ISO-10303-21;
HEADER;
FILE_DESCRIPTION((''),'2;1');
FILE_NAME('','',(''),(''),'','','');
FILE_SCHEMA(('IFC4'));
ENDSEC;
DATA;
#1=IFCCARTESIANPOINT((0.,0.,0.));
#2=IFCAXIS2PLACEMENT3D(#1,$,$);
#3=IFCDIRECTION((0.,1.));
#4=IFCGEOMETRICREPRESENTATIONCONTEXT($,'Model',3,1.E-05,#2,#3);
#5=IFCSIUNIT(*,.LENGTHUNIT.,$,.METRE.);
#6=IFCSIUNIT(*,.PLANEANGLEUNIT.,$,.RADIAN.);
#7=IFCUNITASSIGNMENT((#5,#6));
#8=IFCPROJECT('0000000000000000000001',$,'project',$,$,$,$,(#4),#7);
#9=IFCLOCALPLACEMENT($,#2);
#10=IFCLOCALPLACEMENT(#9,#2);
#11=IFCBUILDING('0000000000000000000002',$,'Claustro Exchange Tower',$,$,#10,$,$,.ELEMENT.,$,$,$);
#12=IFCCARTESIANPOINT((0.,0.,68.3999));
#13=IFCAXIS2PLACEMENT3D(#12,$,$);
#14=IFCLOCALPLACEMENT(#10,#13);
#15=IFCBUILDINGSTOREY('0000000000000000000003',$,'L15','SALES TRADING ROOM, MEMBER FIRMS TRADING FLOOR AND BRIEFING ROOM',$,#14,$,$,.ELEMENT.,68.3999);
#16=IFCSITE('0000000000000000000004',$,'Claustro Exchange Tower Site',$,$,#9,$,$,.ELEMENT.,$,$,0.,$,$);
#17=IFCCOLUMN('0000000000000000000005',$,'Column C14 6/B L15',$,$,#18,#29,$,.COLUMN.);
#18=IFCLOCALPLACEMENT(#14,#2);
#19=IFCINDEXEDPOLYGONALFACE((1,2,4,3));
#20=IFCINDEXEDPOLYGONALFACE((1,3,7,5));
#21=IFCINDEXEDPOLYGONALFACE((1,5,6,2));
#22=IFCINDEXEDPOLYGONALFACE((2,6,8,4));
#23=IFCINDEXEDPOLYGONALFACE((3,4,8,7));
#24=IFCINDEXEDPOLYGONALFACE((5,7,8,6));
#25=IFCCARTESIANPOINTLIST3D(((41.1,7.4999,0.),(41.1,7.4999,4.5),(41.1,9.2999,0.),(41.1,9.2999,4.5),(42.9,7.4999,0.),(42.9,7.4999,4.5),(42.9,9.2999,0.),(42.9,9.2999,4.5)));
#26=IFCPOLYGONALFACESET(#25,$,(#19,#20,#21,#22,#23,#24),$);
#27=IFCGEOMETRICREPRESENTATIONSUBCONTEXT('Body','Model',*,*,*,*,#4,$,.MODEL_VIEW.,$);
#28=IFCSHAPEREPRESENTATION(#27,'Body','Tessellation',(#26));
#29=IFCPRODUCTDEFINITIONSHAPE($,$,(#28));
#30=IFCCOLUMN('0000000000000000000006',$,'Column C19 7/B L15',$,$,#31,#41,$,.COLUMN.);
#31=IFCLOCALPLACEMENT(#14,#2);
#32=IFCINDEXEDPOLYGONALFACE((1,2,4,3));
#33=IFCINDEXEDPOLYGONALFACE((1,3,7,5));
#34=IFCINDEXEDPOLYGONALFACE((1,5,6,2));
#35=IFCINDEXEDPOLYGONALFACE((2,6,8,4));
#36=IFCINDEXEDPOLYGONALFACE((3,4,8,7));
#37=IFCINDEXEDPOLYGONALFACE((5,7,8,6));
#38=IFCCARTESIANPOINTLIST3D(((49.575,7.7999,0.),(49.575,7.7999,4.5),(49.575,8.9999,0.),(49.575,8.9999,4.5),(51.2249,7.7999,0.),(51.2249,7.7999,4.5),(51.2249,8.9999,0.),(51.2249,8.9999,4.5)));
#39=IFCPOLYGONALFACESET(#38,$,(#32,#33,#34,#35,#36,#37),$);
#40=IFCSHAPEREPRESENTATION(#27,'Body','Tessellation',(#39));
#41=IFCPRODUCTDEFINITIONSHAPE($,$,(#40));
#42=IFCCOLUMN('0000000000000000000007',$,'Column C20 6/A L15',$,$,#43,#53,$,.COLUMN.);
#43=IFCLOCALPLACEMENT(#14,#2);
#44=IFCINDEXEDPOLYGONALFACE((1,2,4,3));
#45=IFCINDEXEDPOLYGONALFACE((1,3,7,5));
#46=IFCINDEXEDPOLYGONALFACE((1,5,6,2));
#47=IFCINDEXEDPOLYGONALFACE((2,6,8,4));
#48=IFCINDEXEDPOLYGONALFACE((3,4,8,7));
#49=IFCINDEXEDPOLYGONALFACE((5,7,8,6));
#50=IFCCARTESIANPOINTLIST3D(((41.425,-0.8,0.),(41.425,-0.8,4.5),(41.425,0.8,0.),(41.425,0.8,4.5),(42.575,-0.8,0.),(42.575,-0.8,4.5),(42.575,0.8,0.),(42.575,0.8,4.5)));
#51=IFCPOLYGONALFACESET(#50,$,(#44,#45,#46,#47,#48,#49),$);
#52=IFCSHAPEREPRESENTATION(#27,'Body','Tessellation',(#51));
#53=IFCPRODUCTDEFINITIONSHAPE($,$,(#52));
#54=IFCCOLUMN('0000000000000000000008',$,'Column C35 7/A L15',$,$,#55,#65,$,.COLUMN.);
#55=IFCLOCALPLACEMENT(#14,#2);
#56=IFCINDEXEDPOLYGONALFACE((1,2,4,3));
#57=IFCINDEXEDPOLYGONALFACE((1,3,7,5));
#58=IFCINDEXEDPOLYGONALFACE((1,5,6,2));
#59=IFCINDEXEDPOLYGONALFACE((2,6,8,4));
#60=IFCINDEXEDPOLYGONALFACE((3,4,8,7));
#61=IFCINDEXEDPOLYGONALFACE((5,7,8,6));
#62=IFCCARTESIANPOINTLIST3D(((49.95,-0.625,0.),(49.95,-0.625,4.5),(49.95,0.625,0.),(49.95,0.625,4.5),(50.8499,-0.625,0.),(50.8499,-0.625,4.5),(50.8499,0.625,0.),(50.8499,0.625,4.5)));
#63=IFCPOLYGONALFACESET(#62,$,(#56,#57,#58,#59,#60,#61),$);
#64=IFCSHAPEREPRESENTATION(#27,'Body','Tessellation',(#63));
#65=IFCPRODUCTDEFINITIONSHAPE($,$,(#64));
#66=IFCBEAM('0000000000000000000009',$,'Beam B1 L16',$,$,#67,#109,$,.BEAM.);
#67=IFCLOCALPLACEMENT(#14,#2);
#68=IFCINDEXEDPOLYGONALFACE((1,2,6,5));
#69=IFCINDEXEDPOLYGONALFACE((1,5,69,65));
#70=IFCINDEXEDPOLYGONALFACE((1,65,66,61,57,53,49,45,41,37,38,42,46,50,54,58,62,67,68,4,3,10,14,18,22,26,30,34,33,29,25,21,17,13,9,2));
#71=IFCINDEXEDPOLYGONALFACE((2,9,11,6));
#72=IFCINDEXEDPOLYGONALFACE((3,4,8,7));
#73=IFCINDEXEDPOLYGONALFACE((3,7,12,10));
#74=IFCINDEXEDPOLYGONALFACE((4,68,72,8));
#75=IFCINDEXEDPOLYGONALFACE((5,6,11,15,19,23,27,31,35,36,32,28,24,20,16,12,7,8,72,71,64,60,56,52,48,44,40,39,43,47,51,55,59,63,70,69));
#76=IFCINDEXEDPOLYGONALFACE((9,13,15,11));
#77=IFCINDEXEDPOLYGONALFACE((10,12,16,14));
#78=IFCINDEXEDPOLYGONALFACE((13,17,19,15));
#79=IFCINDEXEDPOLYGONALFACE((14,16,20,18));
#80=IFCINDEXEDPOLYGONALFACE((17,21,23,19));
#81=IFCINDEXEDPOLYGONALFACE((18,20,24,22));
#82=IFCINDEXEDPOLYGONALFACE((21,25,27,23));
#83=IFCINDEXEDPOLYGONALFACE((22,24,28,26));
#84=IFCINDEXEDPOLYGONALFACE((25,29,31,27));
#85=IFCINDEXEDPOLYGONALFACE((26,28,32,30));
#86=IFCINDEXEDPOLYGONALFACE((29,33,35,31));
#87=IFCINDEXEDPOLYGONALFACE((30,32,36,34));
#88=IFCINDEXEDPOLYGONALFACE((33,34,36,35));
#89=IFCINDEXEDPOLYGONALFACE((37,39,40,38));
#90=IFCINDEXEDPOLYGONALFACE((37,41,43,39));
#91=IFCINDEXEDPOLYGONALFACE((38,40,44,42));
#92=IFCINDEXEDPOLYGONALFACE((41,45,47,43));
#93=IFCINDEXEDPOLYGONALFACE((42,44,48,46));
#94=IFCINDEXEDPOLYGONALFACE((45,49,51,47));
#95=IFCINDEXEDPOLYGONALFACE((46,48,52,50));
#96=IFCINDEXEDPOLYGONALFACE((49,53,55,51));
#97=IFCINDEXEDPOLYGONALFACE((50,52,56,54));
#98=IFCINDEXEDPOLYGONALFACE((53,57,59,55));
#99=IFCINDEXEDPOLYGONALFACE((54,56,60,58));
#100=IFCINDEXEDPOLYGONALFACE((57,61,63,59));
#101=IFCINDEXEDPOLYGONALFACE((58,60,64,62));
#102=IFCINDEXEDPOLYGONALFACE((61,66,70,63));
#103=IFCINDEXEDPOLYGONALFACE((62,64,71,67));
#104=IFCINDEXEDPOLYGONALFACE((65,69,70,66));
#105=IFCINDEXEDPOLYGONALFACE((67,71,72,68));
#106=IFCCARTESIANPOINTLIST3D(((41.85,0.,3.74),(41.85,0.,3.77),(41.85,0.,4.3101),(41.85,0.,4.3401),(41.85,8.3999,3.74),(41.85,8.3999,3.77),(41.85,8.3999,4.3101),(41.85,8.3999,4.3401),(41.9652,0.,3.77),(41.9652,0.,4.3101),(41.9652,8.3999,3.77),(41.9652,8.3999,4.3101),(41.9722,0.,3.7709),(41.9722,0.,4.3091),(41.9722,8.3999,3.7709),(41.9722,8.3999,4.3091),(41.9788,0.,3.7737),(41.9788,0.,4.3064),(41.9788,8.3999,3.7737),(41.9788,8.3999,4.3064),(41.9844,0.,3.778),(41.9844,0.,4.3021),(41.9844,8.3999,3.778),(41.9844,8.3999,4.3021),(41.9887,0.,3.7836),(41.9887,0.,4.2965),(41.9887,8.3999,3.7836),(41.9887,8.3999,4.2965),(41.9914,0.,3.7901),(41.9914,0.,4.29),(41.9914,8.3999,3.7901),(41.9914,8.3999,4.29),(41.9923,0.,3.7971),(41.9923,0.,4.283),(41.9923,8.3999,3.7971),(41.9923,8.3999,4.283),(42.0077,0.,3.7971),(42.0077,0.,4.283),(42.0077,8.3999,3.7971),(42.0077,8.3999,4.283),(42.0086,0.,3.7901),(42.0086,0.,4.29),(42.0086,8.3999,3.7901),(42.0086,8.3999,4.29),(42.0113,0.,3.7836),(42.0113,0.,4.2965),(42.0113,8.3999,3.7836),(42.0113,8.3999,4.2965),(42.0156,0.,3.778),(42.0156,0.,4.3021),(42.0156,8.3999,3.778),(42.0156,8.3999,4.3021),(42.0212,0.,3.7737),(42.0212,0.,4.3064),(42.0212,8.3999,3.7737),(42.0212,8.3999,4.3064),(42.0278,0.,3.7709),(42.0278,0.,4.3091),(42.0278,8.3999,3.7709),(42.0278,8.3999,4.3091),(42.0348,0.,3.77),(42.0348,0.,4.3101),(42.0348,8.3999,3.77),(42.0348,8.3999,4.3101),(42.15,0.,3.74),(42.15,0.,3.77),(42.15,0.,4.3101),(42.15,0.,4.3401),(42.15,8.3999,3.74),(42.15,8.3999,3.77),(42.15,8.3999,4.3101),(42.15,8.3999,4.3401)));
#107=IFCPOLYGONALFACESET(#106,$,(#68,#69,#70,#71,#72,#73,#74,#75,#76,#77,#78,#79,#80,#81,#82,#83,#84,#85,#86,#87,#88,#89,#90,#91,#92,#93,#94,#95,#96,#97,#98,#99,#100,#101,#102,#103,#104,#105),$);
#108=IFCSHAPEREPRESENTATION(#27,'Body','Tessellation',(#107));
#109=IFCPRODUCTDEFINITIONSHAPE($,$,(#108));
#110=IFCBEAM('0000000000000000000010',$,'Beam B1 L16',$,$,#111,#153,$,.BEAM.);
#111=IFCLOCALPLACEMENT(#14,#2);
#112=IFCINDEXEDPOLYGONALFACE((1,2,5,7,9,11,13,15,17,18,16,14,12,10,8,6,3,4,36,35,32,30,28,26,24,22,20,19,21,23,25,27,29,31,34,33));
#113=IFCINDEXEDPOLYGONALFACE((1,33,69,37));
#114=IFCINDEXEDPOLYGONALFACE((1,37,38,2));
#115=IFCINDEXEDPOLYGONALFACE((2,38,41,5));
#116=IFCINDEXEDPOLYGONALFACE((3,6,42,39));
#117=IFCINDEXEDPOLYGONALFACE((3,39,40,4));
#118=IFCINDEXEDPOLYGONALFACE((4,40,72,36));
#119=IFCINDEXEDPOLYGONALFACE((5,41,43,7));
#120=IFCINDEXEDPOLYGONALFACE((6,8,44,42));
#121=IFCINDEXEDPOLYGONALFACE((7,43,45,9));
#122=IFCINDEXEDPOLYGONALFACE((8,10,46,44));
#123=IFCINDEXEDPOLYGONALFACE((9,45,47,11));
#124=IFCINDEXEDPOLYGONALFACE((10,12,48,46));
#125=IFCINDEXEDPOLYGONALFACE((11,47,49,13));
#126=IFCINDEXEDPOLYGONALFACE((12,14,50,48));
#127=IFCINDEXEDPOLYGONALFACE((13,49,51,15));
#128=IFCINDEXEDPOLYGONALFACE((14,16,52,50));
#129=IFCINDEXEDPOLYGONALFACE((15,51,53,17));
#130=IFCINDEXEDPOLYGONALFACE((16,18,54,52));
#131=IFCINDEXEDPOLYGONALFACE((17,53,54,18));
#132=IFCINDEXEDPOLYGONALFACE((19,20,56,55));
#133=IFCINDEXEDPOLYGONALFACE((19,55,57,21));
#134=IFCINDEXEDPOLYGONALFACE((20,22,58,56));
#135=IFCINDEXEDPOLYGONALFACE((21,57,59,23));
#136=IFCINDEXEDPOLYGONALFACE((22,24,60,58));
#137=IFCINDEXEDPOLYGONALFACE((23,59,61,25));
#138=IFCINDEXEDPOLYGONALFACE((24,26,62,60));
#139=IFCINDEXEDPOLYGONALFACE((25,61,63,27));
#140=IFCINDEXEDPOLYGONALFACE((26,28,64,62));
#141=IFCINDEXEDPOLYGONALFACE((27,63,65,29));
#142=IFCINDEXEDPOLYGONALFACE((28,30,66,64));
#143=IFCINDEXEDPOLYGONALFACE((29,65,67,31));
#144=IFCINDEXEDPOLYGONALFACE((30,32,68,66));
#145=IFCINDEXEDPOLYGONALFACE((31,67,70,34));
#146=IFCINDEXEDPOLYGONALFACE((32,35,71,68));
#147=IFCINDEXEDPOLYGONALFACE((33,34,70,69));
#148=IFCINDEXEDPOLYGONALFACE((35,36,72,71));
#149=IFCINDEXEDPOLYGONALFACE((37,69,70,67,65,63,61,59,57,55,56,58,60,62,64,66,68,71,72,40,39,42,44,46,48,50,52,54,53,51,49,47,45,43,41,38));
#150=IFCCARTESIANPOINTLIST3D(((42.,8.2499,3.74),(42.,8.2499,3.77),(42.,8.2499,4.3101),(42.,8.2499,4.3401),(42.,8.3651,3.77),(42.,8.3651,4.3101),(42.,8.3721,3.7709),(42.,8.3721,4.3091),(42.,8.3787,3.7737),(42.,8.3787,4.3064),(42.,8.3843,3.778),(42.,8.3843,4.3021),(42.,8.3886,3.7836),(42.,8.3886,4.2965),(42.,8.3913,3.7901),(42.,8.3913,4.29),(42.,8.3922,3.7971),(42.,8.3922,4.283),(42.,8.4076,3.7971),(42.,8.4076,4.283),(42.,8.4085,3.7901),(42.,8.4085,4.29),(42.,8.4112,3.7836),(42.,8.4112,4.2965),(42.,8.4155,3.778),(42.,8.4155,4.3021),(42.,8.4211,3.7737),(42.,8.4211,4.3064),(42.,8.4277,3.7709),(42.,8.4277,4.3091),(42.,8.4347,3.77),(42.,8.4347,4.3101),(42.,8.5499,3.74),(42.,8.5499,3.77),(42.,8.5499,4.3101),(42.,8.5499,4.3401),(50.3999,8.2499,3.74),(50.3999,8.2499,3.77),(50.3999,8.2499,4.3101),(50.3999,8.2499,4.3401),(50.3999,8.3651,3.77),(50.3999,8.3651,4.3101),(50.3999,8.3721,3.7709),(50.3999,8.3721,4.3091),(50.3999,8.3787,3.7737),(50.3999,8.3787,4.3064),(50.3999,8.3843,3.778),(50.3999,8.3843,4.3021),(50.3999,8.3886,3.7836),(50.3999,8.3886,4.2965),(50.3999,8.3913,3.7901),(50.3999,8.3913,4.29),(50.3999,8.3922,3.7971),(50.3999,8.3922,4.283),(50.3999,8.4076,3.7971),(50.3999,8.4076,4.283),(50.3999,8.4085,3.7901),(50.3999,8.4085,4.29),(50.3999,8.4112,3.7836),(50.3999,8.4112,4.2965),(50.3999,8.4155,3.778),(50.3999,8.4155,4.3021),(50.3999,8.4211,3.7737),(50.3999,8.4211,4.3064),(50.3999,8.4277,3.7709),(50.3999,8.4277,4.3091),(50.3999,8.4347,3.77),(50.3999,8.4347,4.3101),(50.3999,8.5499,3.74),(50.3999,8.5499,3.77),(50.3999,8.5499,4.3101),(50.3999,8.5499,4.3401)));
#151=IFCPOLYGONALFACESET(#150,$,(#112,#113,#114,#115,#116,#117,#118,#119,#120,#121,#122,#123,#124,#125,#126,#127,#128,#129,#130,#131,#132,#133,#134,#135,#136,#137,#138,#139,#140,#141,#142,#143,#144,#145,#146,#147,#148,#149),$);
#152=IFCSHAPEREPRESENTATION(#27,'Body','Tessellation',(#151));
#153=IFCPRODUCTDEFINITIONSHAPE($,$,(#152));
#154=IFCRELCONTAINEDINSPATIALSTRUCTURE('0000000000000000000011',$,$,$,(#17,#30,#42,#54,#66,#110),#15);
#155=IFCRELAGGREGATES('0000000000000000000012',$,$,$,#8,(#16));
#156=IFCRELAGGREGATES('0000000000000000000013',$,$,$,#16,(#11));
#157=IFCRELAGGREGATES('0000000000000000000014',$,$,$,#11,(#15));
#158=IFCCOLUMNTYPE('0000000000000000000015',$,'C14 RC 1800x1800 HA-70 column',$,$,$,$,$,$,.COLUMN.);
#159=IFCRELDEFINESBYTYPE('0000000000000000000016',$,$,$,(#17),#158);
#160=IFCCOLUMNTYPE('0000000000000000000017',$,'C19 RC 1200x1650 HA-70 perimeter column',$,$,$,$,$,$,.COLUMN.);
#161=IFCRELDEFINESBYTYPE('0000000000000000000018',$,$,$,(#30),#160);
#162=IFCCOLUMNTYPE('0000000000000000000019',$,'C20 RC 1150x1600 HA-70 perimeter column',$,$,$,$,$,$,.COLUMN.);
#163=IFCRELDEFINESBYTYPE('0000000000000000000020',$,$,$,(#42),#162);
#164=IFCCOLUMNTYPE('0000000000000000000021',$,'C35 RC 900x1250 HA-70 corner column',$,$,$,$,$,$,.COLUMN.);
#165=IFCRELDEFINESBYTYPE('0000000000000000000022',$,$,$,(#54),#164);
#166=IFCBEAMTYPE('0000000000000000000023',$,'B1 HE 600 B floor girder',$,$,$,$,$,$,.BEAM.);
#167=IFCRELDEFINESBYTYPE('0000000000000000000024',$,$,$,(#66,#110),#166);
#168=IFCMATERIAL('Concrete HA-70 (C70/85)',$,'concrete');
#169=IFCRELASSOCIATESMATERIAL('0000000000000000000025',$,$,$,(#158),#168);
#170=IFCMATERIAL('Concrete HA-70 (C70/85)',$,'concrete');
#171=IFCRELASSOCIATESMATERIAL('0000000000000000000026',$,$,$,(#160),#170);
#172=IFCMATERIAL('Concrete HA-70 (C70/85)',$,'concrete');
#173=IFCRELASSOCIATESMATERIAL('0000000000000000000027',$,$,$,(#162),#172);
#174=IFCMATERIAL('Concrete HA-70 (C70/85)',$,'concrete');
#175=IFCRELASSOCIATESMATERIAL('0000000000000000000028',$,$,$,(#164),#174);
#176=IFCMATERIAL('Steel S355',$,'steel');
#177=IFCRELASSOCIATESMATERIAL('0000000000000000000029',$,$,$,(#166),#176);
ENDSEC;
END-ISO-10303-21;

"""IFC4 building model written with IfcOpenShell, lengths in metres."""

from ifc_helpers import new_model, si_unit, direction, frame, origin, origin_2d, place, context, subcontext, project, spatial, rectangle, i_section, extrude, material, material_profile, profile_set, type_object, element, save


model = new_model("IFC4")

# Units and contexts
model_context = context("Model", 3, precision=1e-05, world=origin(), true_north=direction((0.0, 1.0)))
body_context = subcontext(model_context, "Body", "Model", "MODEL_VIEW")
ifc_project = project(units=[si_unit("LENGTHUNIT", "METRE"), si_unit("PLANEANGLEUNIT", "RADIAN")], contexts=[model_context])

# Site, building, storey
site_placement = place(None, origin())
site = spatial("IfcSite", under=ifc_project, at=site_placement, Name="Claustro Exchange Tower Site", CompositionType="ELEMENT", RefElevation=0.0)
building_placement = place(site_placement, origin())
building = spatial("IfcBuilding", under=site, at=building_placement, Name="Claustro Exchange Tower", CompositionType="ELEMENT")
storey_placement = place(building_placement, frame((0.0, 0.0, 68.3999)))
storey = spatial("IfcBuildingStorey", under=building, at=storey_placement, Name="L15", Description="SALES TRADING ROOM, MEMBER FIRMS TRADING FLOOR AND BRIEFING ROOM", CompositionType="ELEMENT", Elevation=68.3999)

# Columns
ifc_material_1 = material(Name="Concrete HA-70 (C70/85)", Category="concrete")
ifc_material_profile_1 = material_profile(ifc_material_1, rectangle(XDim=1.8, YDim=1.8, at=origin_2d()), Name="RC 1800x1800")
ifc_profile_set_1 = profile_set([ifc_material_profile_1], Name="Concrete HA-70 (C70/85)")
column_type_1 = type_object("IfcColumnType", Name="C14 RC 1800x1800 HA-70 column", PredefinedType="COLUMN", material=ifc_profile_set_1)
column_1_placement = place(storey_placement, frame((42.0, 8.3999, 0.0), z_axis=(0.0, 0.0, 1.0), x_axis=(1.0, 0.0, 0.0)))
element("IfcColumn", 1, at=column_1_placement, inside=storey, type_object=column_type_1, Name="Column C14 6/B L15", PredefinedType="COLUMN", context=body_context, shape_type="SweptSolid", body=[
    extrude(rectangle(XDim=1.8, YDim=1.8, at=origin_2d()), origin(), (0.0, 0.0, 1.0), 4.5),
])
ifc_material_2 = material(Name="Concrete HA-70 (C70/85)", Category="concrete")
ifc_material_profile_2 = material_profile(ifc_material_2, rectangle(XDim=1.2, YDim=1.6499, at=origin_2d()), Name="RC 1200x1650")
ifc_profile_set_2 = profile_set([ifc_material_profile_2], Name="Concrete HA-70 (C70/85)")
column_type_2 = type_object("IfcColumnType", Name="C19 RC 1200x1650 HA-70 perimeter column", PredefinedType="COLUMN", material=ifc_profile_set_2)
column_2_placement = place(storey_placement, frame((50.3999, 8.3999, 0.0), z_axis=(0.0, 0.0, 1.0), x_axis=(0.0, 1.0, 0.0)))
element("IfcColumn", 2, at=column_2_placement, inside=storey, type_object=column_type_2, Name="Column C19 7/B L15", PredefinedType="COLUMN", context=body_context, shape_type="SweptSolid", body=[
    extrude(rectangle(XDim=1.2, YDim=1.6499, at=origin_2d()), origin(), (0.0, 0.0, 1.0), 4.5),
])
ifc_material_3 = material(Name="Concrete HA-70 (C70/85)", Category="concrete")
ifc_material_profile_3 = material_profile(ifc_material_3, rectangle(XDim=1.1499, YDim=1.6001, at=origin_2d()), Name="RC 1150x1600")
ifc_profile_set_3 = profile_set([ifc_material_profile_3], Name="Concrete HA-70 (C70/85)")
column_type_3 = type_object("IfcColumnType", Name="C20 RC 1150x1600 HA-70 perimeter column", PredefinedType="COLUMN", material=ifc_profile_set_3)
column_3_placement = place(storey_placement, frame((42.0, 0.0, 0.0), z_axis=(0.0, 0.0, 1.0), x_axis=(1.0, 0.0, 0.0)))
element("IfcColumn", 3, at=column_3_placement, inside=storey, type_object=column_type_3, Name="Column C20 6/A L15", PredefinedType="COLUMN", context=body_context, shape_type="SweptSolid", body=[
    extrude(rectangle(XDim=1.1499, YDim=1.6001, at=origin_2d()), origin(), (0.0, 0.0, 1.0), 4.5),
])
ifc_material_4 = material(Name="Concrete HA-70 (C70/85)", Category="concrete")
ifc_material_profile_4 = material_profile(ifc_material_4, rectangle(XDim=0.8999, YDim=1.25, at=origin_2d()), Name="RC 900x1250")
ifc_profile_set_4 = profile_set([ifc_material_profile_4], Name="Concrete HA-70 (C70/85)")
column_type_4 = type_object("IfcColumnType", Name="C35 RC 900x1250 HA-70 corner column", PredefinedType="COLUMN", material=ifc_profile_set_4)
column_4_placement = place(storey_placement, frame((50.3999, 0.0, 0.0), z_axis=(0.0, 0.0, 1.0), x_axis=(1.0, 0.0, 0.0)))
element("IfcColumn", 4, at=column_4_placement, inside=storey, type_object=column_type_4, Name="Column C35 7/A L15", PredefinedType="COLUMN", context=body_context, shape_type="SweptSolid", body=[
    extrude(rectangle(XDim=0.8999, YDim=1.25, at=origin_2d()), origin(), (0.0, 0.0, 1.0), 4.5),
])

# Beams
ifc_material_5 = material(Name="Steel S355", Category="steel")
ifc_material_profile_5 = material_profile(ifc_material_5, i_section(OverallWidth=0.3, OverallDepth=0.6001, WebThickness=0.0154, FlangeThickness=0.03, FilletRadius=0.0271, at=origin_2d()), Name="HE 600 B")
ifc_profile_set_5 = profile_set([ifc_material_profile_5], Name="Steel S355")
beam_type_1 = type_object("IfcBeamType", Name="B1 HE 600 B floor girder", PredefinedType="BEAM", material=ifc_profile_set_5)
for number, where, z_axis, x_axis, name in (
    (5, (42.0, 0.0, 4.04), (0.0, 1.0, 0.0), (-1.0, 0.0, 0.0), "Beam B1 L16"),
    (6, (42.0, 8.3999, 4.04), (1.0, 0.0, 0.0), (0.0, 1.0, 0.0), "Beam B1 L16"),
):
    element("IfcBeam", number, at=place(storey_placement, frame(where, z_axis=z_axis, x_axis=x_axis)), inside=storey, type_object=beam_type_1, Name=name, PredefinedType="BEAM", context=body_context, shape_type="SweptSolid", body=[
        extrude(i_section(OverallWidth=0.3, OverallDepth=0.6001, WebThickness=0.0154, FlangeThickness=0.03, FilletRadius=0.0271, at=origin_2d()), origin(), (0.0, 0.0, 1.0), 8.3999),
    ])

save(model, "model.ifc")
